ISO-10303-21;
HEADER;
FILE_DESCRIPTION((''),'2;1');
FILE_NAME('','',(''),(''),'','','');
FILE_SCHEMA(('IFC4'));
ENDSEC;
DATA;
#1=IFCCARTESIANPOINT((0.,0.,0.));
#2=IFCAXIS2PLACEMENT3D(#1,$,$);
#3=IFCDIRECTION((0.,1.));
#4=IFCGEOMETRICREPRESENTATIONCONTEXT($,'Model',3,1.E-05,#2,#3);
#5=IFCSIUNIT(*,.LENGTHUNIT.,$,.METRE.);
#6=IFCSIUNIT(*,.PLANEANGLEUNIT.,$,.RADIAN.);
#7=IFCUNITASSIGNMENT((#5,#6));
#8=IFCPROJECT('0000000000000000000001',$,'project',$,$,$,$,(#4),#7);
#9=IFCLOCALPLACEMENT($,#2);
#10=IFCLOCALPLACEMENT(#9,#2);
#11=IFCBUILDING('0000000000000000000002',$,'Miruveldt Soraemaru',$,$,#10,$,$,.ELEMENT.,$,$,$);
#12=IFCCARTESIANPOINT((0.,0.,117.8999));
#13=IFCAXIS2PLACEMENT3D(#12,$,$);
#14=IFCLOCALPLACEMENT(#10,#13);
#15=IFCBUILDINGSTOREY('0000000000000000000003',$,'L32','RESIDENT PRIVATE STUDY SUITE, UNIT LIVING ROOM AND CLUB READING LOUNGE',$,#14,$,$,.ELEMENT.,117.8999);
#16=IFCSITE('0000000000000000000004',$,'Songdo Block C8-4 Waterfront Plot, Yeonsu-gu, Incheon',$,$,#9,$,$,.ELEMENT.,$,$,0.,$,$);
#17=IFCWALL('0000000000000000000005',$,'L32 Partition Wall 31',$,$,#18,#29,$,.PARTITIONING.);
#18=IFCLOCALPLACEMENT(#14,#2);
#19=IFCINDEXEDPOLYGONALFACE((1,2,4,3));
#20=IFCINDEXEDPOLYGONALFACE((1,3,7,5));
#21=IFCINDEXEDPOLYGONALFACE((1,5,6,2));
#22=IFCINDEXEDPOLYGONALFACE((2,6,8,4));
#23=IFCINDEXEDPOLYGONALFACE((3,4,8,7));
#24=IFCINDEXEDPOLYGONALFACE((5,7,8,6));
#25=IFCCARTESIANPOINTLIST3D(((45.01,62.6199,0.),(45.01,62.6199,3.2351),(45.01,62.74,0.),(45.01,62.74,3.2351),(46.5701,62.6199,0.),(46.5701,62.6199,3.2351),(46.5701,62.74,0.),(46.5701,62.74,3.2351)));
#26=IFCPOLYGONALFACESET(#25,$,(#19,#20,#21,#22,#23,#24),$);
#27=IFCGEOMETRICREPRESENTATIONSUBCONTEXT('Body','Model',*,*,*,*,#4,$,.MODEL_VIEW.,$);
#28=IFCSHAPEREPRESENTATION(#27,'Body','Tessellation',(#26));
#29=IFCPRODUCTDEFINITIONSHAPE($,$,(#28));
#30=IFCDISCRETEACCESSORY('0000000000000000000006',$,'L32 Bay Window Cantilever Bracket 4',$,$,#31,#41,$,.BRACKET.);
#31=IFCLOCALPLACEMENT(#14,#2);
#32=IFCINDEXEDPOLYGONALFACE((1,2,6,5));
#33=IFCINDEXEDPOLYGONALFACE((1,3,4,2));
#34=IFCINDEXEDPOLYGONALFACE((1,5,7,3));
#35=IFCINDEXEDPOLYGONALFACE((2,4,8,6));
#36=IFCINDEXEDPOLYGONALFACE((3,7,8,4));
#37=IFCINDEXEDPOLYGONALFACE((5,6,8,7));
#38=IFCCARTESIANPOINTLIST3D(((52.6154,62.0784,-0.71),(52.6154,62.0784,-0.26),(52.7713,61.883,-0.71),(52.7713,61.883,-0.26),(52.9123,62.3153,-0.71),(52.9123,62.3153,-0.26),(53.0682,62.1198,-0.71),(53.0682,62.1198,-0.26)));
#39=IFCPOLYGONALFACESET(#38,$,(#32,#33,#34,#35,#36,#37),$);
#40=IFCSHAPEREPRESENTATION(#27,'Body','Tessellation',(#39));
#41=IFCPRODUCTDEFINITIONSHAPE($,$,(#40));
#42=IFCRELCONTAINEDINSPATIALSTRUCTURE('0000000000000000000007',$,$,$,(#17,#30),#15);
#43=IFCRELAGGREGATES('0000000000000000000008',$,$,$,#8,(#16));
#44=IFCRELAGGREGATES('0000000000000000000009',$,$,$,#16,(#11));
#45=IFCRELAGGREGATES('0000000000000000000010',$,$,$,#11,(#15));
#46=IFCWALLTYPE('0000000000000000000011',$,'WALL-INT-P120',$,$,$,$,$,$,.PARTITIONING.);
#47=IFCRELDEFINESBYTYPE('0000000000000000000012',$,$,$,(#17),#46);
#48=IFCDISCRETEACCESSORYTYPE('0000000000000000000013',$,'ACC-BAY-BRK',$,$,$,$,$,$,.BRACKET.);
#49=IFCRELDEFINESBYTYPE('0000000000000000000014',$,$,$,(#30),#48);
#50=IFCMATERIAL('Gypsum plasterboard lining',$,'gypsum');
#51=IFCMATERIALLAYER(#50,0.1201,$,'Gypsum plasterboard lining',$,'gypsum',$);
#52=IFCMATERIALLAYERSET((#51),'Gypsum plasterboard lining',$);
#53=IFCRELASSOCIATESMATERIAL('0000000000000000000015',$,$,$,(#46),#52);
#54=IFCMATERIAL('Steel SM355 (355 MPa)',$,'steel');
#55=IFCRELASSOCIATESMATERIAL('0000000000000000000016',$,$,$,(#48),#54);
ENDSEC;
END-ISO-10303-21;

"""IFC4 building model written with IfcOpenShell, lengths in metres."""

from ifc_helpers import new_model, si_unit, direction, frame, frame_2d, origin, origin_2d, place, context, subcontext, project, spatial, rectangle, extrude, material, layer, layer_set, type_object, element, save


model = new_model("IFC4")

# Units and contexts
model_context = context("Model", 3, precision=1e-05, world=origin(), true_north=direction((0.0, 1.0)))
body_context = subcontext(model_context, "Body", "Model", "MODEL_VIEW")
ifc_project = project(units=[si_unit("LENGTHUNIT", "METRE"), si_unit("PLANEANGLEUNIT", "RADIAN")], contexts=[model_context])

# Site, building, storey
site_placement = place(None, origin())
site = spatial("IfcSite", under=ifc_project, at=site_placement, Name="Songdo Block C8-4 Waterfront Plot, Yeonsu-gu, Incheon", CompositionType="ELEMENT", RefElevation=0.0)
building_placement = place(site_placement, origin())
building = spatial("IfcBuilding", under=site, at=building_placement, Name="Miruveldt Soraemaru", CompositionType="ELEMENT")
storey_placement = place(building_placement, frame((0.0, 0.0, 117.8999)))
storey = spatial("IfcBuildingStorey", under=building, at=storey_placement, Name="L32", Description="RESIDENT PRIVATE STUDY SUITE, UNIT LIVING ROOM AND CLUB READING LOUNGE", CompositionType="ELEMENT", Elevation=117.8999)

# Shared definitions
ifc_material_1 = material(Name="Gypsum plasterboard lining", Category="gypsum")
ifc_layer_1 = layer(ifc_material_1, 0.1201, Name="Gypsum plasterboard lining", Category="gypsum")
ifc_layer_set_1 = layer_set([ifc_layer_1], Name="Gypsum plasterboard lining")
wall_type_1 = type_object("IfcWallType", Name="WALL-INT-P120", PredefinedType="PARTITIONING", material=ifc_layer_set_1)

# Wall
wall_1_placement = place(storey_placement, frame((46.5701, 62.6799, 0.0), z_axis=(0.0, 0.0, 1.0), x_axis=(-1.0, 0.0, 0.0)))
element("IfcWall", 1, at=wall_1_placement, inside=storey, type_object=wall_type_1, Name="L32 Partition Wall 31", PredefinedType="PARTITIONING", context=body_context, shape_type="SweptSolid", body=[
    extrude(rectangle(XDim=1.5601, YDim=0.1201, at=frame_2d((0.78, 0.0))), origin(), (0.0, 0.0, 1.0), 3.2351),
])

# Discrete accessory
ifc_material_2 = material(Name="Steel SM355 (355 MPa)", Category="steel")
discrete_accessory_type = type_object("IfcDiscreteAccessoryType", Name="ACC-BAY-BRK", PredefinedType="BRACKET", material=ifc_material_2)
discrete_accessory_placement = place(storey_placement, frame((52.8418, 62.0991, -0.71), z_axis=(0.0, 0.0, 1.0), x_axis=(0.781749, 0.623593, 0.0)))
element("IfcDiscreteAccessory", 2, at=discrete_accessory_placement, inside=storey, type_object=discrete_accessory_type, Name="L32 Bay Window Cantilever Bracket 4", PredefinedType="BRACKET", context=body_context, shape_type="SweptSolid", body=[
    extrude(rectangle(XDim=0.3799, YDim=0.25, at=origin_2d()), origin(), (0.0, 0.0, 1.0), 0.45),
])

save(model, "model.ifc")
